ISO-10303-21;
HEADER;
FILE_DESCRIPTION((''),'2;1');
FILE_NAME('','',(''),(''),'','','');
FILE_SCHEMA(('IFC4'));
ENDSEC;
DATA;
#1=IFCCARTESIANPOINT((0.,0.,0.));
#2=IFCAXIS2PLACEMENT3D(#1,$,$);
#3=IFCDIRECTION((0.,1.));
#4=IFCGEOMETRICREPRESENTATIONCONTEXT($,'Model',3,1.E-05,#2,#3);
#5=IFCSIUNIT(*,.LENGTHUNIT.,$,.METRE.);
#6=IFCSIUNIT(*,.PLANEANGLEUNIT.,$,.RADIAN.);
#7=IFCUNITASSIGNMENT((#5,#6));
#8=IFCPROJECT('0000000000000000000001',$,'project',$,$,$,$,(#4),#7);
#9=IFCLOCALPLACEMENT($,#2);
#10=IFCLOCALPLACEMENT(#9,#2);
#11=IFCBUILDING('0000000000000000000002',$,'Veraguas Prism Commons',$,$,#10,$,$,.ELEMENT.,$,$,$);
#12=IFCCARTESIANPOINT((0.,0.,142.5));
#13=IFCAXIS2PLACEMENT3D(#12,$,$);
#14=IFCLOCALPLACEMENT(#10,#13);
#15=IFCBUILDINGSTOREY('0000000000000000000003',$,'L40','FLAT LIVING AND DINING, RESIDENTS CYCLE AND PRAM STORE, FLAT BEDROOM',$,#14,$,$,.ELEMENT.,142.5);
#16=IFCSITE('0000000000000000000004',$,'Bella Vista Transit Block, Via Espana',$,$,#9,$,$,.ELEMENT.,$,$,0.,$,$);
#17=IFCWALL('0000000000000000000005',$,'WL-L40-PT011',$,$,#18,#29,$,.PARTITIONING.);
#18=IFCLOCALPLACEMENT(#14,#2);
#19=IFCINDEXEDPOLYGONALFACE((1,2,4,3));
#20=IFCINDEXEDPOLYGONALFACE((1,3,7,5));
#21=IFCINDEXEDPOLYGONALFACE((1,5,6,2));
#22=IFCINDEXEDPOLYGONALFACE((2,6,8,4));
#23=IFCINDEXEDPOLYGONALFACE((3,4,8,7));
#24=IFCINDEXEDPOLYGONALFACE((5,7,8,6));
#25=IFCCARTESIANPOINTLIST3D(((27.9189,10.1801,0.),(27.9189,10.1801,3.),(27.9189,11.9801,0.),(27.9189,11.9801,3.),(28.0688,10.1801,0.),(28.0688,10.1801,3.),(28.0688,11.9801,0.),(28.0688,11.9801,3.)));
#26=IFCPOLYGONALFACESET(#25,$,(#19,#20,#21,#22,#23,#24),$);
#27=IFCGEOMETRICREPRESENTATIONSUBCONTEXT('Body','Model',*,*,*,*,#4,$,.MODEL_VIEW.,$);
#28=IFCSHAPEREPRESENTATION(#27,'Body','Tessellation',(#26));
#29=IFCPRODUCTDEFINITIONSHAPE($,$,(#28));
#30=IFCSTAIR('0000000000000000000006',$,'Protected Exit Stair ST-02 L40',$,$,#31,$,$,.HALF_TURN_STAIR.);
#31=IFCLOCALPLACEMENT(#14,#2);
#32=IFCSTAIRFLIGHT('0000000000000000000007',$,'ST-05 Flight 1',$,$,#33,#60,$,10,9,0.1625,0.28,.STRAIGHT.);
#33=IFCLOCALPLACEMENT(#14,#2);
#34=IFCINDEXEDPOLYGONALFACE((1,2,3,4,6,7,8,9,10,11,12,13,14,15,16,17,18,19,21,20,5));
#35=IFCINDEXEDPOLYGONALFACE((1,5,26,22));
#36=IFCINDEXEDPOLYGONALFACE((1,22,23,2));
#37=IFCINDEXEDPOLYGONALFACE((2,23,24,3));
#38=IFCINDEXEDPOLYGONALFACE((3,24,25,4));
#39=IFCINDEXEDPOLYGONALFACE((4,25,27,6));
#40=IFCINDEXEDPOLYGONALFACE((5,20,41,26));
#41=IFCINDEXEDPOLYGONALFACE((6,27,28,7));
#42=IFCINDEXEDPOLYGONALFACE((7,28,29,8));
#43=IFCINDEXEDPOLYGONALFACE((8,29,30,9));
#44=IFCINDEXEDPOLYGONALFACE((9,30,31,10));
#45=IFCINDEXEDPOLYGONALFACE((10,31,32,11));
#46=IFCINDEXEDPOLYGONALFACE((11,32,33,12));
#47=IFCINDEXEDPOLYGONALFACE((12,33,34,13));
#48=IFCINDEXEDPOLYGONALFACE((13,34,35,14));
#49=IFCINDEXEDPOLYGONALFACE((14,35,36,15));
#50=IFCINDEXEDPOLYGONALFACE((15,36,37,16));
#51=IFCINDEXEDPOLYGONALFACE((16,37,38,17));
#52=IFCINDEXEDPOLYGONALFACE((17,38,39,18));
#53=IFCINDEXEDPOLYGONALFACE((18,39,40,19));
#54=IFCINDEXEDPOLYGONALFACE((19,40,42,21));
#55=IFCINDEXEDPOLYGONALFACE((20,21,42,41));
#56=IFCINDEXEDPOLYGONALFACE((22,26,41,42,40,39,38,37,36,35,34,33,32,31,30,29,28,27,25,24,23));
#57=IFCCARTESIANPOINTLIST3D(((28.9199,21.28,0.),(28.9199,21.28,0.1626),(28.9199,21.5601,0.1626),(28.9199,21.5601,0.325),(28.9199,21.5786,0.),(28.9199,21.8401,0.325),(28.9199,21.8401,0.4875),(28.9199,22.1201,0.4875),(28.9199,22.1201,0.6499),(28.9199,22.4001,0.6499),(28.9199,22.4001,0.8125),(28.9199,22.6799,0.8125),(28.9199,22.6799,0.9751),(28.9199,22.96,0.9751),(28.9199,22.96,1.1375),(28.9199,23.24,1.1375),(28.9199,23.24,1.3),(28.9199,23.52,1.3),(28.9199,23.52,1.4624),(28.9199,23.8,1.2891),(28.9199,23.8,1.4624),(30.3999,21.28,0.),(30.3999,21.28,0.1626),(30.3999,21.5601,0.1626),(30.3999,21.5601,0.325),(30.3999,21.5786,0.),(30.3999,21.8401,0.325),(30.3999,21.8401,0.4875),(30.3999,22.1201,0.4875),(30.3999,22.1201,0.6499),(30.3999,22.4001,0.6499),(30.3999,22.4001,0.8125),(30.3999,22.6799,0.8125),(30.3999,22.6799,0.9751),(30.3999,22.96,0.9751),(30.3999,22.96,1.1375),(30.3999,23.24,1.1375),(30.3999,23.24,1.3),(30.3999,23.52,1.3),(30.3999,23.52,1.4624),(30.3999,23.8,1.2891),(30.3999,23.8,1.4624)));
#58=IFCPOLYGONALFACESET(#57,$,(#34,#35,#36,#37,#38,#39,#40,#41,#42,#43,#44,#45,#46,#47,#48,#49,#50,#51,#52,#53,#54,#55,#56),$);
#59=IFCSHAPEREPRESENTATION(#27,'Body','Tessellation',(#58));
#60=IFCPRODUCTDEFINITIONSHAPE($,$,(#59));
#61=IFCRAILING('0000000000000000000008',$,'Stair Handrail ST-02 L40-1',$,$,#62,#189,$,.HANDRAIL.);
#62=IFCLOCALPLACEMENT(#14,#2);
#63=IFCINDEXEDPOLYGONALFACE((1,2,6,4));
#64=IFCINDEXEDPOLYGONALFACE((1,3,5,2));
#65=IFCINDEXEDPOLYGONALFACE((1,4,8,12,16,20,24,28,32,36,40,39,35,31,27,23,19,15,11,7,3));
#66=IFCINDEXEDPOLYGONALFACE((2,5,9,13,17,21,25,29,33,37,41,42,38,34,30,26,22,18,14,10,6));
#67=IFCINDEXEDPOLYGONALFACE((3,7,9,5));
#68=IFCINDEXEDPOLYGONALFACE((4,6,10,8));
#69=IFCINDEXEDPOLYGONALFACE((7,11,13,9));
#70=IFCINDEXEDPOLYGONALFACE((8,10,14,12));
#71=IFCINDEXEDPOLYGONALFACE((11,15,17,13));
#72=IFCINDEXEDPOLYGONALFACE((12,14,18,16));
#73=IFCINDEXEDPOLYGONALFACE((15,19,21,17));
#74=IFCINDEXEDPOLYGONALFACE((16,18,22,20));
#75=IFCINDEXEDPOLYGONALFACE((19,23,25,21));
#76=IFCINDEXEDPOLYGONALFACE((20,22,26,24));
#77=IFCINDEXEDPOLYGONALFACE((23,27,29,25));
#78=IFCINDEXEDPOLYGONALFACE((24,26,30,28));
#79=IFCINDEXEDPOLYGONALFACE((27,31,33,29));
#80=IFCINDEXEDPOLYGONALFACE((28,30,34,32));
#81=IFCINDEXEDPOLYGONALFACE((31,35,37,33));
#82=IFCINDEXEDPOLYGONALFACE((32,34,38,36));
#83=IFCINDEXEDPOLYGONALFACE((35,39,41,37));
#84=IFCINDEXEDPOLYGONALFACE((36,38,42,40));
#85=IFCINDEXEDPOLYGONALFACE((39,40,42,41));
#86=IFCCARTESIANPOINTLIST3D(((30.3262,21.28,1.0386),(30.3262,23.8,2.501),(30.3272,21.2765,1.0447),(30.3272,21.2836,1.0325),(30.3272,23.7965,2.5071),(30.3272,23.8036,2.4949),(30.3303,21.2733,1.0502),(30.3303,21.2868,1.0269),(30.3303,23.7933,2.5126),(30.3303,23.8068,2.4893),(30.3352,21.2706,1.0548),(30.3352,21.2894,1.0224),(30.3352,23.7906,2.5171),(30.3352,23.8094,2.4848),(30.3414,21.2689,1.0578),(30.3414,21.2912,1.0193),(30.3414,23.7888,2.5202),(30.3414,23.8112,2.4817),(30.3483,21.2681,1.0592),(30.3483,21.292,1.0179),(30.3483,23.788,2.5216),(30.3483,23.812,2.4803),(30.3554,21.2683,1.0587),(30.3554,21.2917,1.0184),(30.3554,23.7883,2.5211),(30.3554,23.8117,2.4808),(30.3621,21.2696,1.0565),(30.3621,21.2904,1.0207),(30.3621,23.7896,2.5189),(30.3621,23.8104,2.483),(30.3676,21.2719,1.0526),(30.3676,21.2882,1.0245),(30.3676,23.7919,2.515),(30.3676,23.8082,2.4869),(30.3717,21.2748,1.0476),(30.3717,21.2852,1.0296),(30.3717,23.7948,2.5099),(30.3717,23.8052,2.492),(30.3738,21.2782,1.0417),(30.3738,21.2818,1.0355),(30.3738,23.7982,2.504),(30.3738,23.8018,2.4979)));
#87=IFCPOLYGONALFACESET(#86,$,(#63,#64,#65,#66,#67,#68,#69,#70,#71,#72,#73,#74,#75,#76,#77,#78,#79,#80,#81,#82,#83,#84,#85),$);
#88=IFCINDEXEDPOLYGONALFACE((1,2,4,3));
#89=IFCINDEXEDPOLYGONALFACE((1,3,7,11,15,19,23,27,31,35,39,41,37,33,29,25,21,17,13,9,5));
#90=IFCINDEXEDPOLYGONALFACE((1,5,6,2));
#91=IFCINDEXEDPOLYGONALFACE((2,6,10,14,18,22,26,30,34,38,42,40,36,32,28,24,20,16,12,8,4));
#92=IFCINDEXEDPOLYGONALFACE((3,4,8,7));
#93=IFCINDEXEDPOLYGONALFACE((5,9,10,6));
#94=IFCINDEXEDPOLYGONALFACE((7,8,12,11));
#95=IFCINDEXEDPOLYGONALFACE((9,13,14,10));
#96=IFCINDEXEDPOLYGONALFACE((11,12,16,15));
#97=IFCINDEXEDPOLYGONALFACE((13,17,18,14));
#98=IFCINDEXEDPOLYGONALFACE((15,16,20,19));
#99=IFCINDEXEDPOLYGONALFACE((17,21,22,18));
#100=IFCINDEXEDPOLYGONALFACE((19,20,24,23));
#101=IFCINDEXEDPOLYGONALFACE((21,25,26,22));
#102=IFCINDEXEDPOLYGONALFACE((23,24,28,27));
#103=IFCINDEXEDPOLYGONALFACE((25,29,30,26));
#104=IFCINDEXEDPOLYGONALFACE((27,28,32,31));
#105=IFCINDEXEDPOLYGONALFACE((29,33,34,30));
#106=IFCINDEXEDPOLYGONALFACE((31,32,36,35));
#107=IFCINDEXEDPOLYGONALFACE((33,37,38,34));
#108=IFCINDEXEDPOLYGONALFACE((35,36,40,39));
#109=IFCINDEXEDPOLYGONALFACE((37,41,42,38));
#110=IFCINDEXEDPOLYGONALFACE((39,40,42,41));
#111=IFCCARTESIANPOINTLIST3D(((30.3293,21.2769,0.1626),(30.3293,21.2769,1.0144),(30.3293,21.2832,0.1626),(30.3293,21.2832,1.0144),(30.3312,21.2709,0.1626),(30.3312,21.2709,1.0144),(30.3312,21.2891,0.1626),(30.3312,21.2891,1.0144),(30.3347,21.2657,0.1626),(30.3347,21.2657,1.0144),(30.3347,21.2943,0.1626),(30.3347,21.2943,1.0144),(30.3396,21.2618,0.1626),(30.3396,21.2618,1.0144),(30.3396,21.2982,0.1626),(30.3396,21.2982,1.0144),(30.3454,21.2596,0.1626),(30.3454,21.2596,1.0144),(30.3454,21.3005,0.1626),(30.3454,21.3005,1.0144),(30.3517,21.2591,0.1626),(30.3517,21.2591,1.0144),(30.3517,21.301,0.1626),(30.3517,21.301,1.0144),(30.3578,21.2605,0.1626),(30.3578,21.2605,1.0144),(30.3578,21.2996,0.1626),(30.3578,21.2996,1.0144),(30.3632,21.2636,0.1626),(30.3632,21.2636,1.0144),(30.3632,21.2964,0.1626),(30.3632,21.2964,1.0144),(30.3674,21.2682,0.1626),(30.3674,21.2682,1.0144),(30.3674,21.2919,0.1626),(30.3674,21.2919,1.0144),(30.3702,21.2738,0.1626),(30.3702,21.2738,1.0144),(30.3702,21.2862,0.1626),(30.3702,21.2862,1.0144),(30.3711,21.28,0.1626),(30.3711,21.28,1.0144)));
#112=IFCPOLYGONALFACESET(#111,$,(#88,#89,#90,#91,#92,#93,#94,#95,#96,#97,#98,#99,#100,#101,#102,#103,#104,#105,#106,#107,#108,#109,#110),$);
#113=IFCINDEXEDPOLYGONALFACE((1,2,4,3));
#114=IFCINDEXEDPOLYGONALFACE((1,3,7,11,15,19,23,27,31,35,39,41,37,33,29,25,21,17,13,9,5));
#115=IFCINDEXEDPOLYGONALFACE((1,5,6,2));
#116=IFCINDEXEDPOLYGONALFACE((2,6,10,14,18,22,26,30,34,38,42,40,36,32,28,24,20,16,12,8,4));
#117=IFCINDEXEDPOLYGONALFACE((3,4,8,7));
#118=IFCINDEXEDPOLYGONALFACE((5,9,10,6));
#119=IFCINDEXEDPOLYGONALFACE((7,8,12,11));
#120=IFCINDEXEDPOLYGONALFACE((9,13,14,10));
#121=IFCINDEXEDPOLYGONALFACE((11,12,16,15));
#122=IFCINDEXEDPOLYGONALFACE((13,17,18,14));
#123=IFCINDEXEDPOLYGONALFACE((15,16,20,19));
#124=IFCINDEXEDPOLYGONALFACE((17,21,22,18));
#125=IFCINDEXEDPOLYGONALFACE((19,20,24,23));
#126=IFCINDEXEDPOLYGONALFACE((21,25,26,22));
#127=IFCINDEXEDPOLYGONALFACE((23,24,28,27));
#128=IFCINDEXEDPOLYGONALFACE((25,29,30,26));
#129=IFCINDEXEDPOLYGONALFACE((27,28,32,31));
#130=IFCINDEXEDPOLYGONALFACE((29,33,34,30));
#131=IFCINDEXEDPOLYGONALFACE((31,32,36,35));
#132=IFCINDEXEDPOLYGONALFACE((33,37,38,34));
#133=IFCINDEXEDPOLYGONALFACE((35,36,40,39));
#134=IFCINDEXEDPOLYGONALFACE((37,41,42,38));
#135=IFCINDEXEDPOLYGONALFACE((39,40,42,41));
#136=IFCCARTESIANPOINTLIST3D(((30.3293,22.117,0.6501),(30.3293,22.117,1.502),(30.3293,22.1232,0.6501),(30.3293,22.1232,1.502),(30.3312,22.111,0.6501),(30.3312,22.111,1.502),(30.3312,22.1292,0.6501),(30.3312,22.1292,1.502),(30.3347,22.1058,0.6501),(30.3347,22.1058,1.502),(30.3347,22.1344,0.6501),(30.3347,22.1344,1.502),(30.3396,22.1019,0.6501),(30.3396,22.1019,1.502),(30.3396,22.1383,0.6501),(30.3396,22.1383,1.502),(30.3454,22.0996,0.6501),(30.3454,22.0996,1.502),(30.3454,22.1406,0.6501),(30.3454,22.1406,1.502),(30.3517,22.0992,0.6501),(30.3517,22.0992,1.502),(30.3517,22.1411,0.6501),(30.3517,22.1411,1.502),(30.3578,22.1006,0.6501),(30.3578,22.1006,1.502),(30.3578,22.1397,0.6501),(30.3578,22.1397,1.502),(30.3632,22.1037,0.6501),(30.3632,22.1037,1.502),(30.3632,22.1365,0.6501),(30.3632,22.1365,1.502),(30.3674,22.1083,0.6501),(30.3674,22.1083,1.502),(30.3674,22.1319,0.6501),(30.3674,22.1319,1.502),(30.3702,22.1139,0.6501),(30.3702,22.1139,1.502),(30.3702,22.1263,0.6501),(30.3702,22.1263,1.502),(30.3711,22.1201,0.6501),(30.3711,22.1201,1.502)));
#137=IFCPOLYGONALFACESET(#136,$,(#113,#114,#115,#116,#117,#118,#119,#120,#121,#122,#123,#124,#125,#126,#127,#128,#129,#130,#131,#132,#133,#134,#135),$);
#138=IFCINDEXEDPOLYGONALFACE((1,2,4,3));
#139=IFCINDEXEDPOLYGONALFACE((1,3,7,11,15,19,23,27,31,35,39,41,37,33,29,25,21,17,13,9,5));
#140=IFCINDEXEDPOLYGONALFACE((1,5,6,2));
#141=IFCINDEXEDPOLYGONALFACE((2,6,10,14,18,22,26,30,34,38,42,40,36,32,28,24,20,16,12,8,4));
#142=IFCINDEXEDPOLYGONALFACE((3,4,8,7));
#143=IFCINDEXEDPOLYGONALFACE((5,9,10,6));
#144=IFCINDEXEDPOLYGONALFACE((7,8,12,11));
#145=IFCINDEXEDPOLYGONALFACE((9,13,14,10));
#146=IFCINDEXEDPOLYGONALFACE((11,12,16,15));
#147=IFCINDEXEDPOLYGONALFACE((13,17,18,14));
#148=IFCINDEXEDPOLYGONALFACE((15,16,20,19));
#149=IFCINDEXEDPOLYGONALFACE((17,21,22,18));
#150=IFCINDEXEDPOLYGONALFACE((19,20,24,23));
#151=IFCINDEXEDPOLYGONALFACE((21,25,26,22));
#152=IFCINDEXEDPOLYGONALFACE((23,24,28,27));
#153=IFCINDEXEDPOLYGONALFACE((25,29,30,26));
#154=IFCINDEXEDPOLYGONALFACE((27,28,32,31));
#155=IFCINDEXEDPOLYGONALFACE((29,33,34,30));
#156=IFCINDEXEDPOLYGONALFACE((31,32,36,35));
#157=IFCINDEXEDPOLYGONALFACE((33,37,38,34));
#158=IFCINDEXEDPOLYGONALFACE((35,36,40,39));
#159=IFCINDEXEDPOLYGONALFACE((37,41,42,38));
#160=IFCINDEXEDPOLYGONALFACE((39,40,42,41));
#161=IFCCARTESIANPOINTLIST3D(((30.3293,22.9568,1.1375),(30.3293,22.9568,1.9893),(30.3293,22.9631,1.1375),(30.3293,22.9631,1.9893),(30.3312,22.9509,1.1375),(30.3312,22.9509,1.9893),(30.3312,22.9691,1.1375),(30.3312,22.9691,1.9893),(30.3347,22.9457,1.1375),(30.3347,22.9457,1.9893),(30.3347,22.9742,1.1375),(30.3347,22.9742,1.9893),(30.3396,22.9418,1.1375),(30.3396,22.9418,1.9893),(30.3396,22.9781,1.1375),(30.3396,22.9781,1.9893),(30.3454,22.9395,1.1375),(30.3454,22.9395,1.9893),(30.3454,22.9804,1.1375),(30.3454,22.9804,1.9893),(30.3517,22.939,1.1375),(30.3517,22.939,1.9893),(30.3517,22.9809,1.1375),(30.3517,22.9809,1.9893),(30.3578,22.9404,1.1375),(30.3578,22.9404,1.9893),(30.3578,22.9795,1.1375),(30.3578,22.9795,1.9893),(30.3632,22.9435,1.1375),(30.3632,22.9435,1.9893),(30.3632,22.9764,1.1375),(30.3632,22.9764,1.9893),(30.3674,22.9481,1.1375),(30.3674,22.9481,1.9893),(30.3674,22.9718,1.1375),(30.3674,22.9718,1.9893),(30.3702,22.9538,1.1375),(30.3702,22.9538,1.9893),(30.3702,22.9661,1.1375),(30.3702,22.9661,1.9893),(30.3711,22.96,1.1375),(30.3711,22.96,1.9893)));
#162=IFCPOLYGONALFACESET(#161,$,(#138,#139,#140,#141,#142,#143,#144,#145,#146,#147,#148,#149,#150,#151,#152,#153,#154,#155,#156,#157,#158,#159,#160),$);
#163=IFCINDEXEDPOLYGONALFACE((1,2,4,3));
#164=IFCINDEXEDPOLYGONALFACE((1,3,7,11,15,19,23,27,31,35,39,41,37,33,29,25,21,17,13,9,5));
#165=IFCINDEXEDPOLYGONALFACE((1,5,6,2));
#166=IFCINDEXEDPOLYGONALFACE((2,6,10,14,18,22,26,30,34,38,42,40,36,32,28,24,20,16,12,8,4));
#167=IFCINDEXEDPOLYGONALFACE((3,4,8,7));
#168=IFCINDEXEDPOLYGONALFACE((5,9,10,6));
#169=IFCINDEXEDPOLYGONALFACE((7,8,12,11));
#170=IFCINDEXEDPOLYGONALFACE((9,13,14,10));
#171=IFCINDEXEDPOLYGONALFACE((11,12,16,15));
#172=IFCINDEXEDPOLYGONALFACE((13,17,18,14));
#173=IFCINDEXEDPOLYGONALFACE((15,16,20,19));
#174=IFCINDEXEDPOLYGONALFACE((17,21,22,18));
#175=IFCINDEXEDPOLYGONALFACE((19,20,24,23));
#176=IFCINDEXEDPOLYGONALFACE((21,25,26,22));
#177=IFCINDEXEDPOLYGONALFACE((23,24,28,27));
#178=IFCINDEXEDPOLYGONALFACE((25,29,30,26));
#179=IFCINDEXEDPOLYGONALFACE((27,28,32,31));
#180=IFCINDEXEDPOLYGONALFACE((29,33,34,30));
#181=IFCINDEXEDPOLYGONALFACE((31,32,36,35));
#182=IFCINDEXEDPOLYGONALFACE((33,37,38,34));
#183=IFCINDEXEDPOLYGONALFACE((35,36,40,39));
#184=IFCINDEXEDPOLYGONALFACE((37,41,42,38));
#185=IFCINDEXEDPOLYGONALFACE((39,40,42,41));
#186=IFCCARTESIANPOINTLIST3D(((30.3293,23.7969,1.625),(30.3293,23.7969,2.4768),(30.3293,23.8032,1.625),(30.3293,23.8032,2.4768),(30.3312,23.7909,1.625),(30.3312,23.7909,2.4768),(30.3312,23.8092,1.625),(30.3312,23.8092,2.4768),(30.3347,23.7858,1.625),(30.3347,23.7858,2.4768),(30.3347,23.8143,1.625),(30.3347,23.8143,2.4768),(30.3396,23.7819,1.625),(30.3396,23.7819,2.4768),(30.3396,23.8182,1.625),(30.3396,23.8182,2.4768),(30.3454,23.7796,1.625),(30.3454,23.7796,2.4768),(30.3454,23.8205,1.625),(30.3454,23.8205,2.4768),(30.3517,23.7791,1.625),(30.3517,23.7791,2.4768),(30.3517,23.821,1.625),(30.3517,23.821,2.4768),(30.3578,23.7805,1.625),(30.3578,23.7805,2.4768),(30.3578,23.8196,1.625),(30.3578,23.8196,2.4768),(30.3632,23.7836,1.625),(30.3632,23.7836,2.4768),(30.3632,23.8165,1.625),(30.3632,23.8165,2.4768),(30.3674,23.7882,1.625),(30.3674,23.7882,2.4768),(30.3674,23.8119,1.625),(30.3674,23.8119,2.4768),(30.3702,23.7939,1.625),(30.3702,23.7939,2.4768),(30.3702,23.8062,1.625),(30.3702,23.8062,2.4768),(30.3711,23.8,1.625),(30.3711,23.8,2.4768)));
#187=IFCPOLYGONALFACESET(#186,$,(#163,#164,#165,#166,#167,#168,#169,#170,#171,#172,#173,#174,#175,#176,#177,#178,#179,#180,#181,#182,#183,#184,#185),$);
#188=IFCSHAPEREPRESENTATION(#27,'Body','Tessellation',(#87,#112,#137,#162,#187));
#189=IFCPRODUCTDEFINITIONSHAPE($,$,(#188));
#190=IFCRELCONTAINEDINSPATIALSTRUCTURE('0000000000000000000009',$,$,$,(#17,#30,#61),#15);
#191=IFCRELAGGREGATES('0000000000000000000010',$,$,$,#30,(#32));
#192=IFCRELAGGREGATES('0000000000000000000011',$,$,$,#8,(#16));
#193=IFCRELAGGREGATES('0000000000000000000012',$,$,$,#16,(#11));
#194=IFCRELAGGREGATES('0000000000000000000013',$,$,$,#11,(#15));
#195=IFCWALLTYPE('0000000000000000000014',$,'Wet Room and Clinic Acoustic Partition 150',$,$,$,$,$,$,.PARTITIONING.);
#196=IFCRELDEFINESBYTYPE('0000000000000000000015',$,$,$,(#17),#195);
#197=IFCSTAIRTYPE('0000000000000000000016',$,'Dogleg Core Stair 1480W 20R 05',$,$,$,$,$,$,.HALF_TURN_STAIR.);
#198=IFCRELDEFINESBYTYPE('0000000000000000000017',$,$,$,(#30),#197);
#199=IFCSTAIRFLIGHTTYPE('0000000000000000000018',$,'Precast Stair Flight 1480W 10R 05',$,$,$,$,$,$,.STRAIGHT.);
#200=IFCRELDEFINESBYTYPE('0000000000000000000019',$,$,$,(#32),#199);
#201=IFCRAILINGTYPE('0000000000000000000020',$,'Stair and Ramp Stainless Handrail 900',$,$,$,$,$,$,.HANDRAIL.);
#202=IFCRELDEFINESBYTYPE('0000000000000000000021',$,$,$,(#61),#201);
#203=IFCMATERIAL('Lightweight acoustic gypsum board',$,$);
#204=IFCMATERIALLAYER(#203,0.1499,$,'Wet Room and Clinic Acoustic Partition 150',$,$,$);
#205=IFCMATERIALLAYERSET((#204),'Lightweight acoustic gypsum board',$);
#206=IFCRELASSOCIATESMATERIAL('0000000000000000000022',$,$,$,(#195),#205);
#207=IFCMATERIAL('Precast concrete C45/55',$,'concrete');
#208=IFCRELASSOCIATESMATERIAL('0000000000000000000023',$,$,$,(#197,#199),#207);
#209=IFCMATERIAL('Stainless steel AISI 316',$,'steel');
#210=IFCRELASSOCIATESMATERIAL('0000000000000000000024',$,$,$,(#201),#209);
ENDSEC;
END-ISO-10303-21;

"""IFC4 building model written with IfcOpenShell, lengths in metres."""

from ifc_helpers import new_model, si_unit, direction, frame, frame_2d, origin, origin_2d, place, context, subcontext, project, spatial, polyline, rectangle, circle, outline, extrude, material, layer, layer_set, type_object, element, aggregate, save


model = new_model("IFC4")

# Units and contexts
model_context = context("Model", 3, precision=1e-05, world=origin(), true_north=direction((0.0, 1.0)))
body_context = subcontext(model_context, "Body", "Model", "MODEL_VIEW")
ifc_project = project(units=[si_unit("LENGTHUNIT", "METRE"), si_unit("PLANEANGLEUNIT", "RADIAN")], contexts=[model_context])

# Site, building, storey
site_placement = place(None, origin())
site = spatial("IfcSite", under=ifc_project, at=site_placement, Name="Bella Vista Transit Block, Via Espana", CompositionType="ELEMENT", RefElevation=0.0)
building_placement = place(site_placement, origin())
building = spatial("IfcBuilding", under=site, at=building_placement, Name="Veraguas Prism Commons", CompositionType="ELEMENT")
storey_placement = place(building_placement, frame((0.0, 0.0, 142.5)))
storey = spatial("IfcBuildingStorey", under=building, at=storey_placement, Name="L40", Description="FLAT LIVING AND DINING, RESIDENTS CYCLE AND PRAM STORE, FLAT BEDROOM", CompositionType="ELEMENT", Elevation=142.5)

# Shared definitions
ifc_material_1 = material(Name="Lightweight acoustic gypsum board")

# Shared definitions
ifc_material_2 = material(Name="Stainless steel AISI 316", Category="steel")

# Wall
ifc_layer_1 = layer(ifc_material_1, 0.1499, Name="Wet Room and Clinic Acoustic Partition 150")
ifc_layer_set_1 = layer_set([ifc_layer_1], Name="Lightweight acoustic gypsum board")
wall_type_1 = type_object("IfcWallType", Name="Wet Room and Clinic Acoustic Partition 150", PredefinedType="PARTITIONING", material=ifc_layer_set_1)
wall_1_placement = place(storey_placement, frame((27.9939, 11.98, 0.0), z_axis=(0.0, 0.0, 1.0), x_axis=(0.0, -1.0, 0.0)))
element("IfcWall", 1, at=wall_1_placement, inside=storey, type_object=wall_type_1, Name="WL-L40-PT011", PredefinedType="PARTITIONING", context=body_context, shape_type="SweptSolid", body=[
    extrude(rectangle(XDim=1.8, YDim=0.1499, at=frame_2d((0.8999, 0.0))), origin(), (0.0, 0.0, 1.0), 3.0),
])

# Stair, stair flight
ifc_material_3 = material(Name="Precast concrete C45/55", Category="concrete")
stair_type = type_object("IfcStairType", Name="Dogleg Core Stair 1480W 20R 05", PredefinedType="HALF_TURN_STAIR", material=ifc_material_3)
stair_placement = place(storey_placement, origin())
stair = element("IfcStair", 2, at=stair_placement, inside=storey, type_object=stair_type, Name="Protected Exit Stair ST-02 L40", PredefinedType="HALF_TURN_STAIR")
stair_flight_type = type_object("IfcStairFlightType", Name="Precast Stair Flight 1480W 10R 05", PredefinedType="STRAIGHT", material=ifc_material_3)
stair_flight_placement = place(storey_placement, frame((29.6599, 21.28, 0.0), z_axis=(0.0, 0.0, 1.0), x_axis=(0.0, 1.0, 0.0)))
stair_flight = element("IfcStairFlight", 3, at=stair_flight_placement, type_object=stair_flight_type, Name="ST-05 Flight 1", NumberOfRisers=10, NumberOfTreads=9, PredefinedType="STRAIGHT", RiserHeight=0.1625, TreadLength=0.28, context=body_context, shape_type="SweptSolid", body=[
    extrude(outline(polyline([(0.0, 0.0), (0.0, 0.1626), (0.28, 0.1626), (0.28, 0.325), (0.5601, 0.325), (0.5601, 0.4875), (0.8401, 0.4875), (0.8401, 0.6499), (1.1201, 0.6499), (1.1201, 0.8125), (1.3999, 0.8125), (1.3999, 0.9751), (1.6799, 0.9751), (1.6799, 1.1375), (1.96, 1.1375), (1.96, 1.3), (2.24, 1.3), (2.24, 1.4624), (2.52, 1.4624), (2.52, 1.625), (2.52, 1.2891), (0.2986, 0.0), (0.0, 0.0)])), frame((0.0, 0.74, 0.0), z_axis=(0.0, -1.0, 0.0), x_axis=(1.0, 0.0, 0.0)), (0.0, 0.0, 1.0), 1.48),
])
aggregate(stair, [stair_flight])

# Railing
railing_type_1 = type_object("IfcRailingType", Name="Stair and Ramp Stainless Handrail 900", PredefinedType="HANDRAIL", material=ifc_material_2)
railing_1_placement = place(storey_placement, frame((30.3501, 21.28, 0.1626)))
element("IfcRailing", 4, at=railing_1_placement, inside=storey, type_object=railing_type_1, Name="Stair Handrail ST-02 L40-1", PredefinedType="HANDRAIL", context=body_context, shape_type="SweptSolid", body=[
    extrude(circle(Radius=0.0239, at=origin_2d()), frame((0.0, 0.0, 0.876), z_axis=(0.0, 0.864913, 0.501921), x_axis=(-1.0, 0.0, 0.0)), (0.0, 0.0, 1.0), 2.9136),
    extrude(circle(Radius=0.021, at=origin_2d()), origin(), (0.0, 0.0, 1.0), 0.8518),
    extrude(circle(Radius=0.021, at=origin_2d()), frame((0.0, 0.8401, 0.4875)), (0.0, 0.0, 1.0), 0.8518),
    extrude(circle(Radius=0.021, at=origin_2d()), frame((0.0, 1.6799, 0.9749)), (0.0, 0.0, 1.0), 0.8518),
    extrude(circle(Radius=0.021, at=origin_2d()), frame((0.0, 2.52, 1.4624)), (0.0, 0.0, 1.0), 0.8518),
])

save(model, "model.ifc")
